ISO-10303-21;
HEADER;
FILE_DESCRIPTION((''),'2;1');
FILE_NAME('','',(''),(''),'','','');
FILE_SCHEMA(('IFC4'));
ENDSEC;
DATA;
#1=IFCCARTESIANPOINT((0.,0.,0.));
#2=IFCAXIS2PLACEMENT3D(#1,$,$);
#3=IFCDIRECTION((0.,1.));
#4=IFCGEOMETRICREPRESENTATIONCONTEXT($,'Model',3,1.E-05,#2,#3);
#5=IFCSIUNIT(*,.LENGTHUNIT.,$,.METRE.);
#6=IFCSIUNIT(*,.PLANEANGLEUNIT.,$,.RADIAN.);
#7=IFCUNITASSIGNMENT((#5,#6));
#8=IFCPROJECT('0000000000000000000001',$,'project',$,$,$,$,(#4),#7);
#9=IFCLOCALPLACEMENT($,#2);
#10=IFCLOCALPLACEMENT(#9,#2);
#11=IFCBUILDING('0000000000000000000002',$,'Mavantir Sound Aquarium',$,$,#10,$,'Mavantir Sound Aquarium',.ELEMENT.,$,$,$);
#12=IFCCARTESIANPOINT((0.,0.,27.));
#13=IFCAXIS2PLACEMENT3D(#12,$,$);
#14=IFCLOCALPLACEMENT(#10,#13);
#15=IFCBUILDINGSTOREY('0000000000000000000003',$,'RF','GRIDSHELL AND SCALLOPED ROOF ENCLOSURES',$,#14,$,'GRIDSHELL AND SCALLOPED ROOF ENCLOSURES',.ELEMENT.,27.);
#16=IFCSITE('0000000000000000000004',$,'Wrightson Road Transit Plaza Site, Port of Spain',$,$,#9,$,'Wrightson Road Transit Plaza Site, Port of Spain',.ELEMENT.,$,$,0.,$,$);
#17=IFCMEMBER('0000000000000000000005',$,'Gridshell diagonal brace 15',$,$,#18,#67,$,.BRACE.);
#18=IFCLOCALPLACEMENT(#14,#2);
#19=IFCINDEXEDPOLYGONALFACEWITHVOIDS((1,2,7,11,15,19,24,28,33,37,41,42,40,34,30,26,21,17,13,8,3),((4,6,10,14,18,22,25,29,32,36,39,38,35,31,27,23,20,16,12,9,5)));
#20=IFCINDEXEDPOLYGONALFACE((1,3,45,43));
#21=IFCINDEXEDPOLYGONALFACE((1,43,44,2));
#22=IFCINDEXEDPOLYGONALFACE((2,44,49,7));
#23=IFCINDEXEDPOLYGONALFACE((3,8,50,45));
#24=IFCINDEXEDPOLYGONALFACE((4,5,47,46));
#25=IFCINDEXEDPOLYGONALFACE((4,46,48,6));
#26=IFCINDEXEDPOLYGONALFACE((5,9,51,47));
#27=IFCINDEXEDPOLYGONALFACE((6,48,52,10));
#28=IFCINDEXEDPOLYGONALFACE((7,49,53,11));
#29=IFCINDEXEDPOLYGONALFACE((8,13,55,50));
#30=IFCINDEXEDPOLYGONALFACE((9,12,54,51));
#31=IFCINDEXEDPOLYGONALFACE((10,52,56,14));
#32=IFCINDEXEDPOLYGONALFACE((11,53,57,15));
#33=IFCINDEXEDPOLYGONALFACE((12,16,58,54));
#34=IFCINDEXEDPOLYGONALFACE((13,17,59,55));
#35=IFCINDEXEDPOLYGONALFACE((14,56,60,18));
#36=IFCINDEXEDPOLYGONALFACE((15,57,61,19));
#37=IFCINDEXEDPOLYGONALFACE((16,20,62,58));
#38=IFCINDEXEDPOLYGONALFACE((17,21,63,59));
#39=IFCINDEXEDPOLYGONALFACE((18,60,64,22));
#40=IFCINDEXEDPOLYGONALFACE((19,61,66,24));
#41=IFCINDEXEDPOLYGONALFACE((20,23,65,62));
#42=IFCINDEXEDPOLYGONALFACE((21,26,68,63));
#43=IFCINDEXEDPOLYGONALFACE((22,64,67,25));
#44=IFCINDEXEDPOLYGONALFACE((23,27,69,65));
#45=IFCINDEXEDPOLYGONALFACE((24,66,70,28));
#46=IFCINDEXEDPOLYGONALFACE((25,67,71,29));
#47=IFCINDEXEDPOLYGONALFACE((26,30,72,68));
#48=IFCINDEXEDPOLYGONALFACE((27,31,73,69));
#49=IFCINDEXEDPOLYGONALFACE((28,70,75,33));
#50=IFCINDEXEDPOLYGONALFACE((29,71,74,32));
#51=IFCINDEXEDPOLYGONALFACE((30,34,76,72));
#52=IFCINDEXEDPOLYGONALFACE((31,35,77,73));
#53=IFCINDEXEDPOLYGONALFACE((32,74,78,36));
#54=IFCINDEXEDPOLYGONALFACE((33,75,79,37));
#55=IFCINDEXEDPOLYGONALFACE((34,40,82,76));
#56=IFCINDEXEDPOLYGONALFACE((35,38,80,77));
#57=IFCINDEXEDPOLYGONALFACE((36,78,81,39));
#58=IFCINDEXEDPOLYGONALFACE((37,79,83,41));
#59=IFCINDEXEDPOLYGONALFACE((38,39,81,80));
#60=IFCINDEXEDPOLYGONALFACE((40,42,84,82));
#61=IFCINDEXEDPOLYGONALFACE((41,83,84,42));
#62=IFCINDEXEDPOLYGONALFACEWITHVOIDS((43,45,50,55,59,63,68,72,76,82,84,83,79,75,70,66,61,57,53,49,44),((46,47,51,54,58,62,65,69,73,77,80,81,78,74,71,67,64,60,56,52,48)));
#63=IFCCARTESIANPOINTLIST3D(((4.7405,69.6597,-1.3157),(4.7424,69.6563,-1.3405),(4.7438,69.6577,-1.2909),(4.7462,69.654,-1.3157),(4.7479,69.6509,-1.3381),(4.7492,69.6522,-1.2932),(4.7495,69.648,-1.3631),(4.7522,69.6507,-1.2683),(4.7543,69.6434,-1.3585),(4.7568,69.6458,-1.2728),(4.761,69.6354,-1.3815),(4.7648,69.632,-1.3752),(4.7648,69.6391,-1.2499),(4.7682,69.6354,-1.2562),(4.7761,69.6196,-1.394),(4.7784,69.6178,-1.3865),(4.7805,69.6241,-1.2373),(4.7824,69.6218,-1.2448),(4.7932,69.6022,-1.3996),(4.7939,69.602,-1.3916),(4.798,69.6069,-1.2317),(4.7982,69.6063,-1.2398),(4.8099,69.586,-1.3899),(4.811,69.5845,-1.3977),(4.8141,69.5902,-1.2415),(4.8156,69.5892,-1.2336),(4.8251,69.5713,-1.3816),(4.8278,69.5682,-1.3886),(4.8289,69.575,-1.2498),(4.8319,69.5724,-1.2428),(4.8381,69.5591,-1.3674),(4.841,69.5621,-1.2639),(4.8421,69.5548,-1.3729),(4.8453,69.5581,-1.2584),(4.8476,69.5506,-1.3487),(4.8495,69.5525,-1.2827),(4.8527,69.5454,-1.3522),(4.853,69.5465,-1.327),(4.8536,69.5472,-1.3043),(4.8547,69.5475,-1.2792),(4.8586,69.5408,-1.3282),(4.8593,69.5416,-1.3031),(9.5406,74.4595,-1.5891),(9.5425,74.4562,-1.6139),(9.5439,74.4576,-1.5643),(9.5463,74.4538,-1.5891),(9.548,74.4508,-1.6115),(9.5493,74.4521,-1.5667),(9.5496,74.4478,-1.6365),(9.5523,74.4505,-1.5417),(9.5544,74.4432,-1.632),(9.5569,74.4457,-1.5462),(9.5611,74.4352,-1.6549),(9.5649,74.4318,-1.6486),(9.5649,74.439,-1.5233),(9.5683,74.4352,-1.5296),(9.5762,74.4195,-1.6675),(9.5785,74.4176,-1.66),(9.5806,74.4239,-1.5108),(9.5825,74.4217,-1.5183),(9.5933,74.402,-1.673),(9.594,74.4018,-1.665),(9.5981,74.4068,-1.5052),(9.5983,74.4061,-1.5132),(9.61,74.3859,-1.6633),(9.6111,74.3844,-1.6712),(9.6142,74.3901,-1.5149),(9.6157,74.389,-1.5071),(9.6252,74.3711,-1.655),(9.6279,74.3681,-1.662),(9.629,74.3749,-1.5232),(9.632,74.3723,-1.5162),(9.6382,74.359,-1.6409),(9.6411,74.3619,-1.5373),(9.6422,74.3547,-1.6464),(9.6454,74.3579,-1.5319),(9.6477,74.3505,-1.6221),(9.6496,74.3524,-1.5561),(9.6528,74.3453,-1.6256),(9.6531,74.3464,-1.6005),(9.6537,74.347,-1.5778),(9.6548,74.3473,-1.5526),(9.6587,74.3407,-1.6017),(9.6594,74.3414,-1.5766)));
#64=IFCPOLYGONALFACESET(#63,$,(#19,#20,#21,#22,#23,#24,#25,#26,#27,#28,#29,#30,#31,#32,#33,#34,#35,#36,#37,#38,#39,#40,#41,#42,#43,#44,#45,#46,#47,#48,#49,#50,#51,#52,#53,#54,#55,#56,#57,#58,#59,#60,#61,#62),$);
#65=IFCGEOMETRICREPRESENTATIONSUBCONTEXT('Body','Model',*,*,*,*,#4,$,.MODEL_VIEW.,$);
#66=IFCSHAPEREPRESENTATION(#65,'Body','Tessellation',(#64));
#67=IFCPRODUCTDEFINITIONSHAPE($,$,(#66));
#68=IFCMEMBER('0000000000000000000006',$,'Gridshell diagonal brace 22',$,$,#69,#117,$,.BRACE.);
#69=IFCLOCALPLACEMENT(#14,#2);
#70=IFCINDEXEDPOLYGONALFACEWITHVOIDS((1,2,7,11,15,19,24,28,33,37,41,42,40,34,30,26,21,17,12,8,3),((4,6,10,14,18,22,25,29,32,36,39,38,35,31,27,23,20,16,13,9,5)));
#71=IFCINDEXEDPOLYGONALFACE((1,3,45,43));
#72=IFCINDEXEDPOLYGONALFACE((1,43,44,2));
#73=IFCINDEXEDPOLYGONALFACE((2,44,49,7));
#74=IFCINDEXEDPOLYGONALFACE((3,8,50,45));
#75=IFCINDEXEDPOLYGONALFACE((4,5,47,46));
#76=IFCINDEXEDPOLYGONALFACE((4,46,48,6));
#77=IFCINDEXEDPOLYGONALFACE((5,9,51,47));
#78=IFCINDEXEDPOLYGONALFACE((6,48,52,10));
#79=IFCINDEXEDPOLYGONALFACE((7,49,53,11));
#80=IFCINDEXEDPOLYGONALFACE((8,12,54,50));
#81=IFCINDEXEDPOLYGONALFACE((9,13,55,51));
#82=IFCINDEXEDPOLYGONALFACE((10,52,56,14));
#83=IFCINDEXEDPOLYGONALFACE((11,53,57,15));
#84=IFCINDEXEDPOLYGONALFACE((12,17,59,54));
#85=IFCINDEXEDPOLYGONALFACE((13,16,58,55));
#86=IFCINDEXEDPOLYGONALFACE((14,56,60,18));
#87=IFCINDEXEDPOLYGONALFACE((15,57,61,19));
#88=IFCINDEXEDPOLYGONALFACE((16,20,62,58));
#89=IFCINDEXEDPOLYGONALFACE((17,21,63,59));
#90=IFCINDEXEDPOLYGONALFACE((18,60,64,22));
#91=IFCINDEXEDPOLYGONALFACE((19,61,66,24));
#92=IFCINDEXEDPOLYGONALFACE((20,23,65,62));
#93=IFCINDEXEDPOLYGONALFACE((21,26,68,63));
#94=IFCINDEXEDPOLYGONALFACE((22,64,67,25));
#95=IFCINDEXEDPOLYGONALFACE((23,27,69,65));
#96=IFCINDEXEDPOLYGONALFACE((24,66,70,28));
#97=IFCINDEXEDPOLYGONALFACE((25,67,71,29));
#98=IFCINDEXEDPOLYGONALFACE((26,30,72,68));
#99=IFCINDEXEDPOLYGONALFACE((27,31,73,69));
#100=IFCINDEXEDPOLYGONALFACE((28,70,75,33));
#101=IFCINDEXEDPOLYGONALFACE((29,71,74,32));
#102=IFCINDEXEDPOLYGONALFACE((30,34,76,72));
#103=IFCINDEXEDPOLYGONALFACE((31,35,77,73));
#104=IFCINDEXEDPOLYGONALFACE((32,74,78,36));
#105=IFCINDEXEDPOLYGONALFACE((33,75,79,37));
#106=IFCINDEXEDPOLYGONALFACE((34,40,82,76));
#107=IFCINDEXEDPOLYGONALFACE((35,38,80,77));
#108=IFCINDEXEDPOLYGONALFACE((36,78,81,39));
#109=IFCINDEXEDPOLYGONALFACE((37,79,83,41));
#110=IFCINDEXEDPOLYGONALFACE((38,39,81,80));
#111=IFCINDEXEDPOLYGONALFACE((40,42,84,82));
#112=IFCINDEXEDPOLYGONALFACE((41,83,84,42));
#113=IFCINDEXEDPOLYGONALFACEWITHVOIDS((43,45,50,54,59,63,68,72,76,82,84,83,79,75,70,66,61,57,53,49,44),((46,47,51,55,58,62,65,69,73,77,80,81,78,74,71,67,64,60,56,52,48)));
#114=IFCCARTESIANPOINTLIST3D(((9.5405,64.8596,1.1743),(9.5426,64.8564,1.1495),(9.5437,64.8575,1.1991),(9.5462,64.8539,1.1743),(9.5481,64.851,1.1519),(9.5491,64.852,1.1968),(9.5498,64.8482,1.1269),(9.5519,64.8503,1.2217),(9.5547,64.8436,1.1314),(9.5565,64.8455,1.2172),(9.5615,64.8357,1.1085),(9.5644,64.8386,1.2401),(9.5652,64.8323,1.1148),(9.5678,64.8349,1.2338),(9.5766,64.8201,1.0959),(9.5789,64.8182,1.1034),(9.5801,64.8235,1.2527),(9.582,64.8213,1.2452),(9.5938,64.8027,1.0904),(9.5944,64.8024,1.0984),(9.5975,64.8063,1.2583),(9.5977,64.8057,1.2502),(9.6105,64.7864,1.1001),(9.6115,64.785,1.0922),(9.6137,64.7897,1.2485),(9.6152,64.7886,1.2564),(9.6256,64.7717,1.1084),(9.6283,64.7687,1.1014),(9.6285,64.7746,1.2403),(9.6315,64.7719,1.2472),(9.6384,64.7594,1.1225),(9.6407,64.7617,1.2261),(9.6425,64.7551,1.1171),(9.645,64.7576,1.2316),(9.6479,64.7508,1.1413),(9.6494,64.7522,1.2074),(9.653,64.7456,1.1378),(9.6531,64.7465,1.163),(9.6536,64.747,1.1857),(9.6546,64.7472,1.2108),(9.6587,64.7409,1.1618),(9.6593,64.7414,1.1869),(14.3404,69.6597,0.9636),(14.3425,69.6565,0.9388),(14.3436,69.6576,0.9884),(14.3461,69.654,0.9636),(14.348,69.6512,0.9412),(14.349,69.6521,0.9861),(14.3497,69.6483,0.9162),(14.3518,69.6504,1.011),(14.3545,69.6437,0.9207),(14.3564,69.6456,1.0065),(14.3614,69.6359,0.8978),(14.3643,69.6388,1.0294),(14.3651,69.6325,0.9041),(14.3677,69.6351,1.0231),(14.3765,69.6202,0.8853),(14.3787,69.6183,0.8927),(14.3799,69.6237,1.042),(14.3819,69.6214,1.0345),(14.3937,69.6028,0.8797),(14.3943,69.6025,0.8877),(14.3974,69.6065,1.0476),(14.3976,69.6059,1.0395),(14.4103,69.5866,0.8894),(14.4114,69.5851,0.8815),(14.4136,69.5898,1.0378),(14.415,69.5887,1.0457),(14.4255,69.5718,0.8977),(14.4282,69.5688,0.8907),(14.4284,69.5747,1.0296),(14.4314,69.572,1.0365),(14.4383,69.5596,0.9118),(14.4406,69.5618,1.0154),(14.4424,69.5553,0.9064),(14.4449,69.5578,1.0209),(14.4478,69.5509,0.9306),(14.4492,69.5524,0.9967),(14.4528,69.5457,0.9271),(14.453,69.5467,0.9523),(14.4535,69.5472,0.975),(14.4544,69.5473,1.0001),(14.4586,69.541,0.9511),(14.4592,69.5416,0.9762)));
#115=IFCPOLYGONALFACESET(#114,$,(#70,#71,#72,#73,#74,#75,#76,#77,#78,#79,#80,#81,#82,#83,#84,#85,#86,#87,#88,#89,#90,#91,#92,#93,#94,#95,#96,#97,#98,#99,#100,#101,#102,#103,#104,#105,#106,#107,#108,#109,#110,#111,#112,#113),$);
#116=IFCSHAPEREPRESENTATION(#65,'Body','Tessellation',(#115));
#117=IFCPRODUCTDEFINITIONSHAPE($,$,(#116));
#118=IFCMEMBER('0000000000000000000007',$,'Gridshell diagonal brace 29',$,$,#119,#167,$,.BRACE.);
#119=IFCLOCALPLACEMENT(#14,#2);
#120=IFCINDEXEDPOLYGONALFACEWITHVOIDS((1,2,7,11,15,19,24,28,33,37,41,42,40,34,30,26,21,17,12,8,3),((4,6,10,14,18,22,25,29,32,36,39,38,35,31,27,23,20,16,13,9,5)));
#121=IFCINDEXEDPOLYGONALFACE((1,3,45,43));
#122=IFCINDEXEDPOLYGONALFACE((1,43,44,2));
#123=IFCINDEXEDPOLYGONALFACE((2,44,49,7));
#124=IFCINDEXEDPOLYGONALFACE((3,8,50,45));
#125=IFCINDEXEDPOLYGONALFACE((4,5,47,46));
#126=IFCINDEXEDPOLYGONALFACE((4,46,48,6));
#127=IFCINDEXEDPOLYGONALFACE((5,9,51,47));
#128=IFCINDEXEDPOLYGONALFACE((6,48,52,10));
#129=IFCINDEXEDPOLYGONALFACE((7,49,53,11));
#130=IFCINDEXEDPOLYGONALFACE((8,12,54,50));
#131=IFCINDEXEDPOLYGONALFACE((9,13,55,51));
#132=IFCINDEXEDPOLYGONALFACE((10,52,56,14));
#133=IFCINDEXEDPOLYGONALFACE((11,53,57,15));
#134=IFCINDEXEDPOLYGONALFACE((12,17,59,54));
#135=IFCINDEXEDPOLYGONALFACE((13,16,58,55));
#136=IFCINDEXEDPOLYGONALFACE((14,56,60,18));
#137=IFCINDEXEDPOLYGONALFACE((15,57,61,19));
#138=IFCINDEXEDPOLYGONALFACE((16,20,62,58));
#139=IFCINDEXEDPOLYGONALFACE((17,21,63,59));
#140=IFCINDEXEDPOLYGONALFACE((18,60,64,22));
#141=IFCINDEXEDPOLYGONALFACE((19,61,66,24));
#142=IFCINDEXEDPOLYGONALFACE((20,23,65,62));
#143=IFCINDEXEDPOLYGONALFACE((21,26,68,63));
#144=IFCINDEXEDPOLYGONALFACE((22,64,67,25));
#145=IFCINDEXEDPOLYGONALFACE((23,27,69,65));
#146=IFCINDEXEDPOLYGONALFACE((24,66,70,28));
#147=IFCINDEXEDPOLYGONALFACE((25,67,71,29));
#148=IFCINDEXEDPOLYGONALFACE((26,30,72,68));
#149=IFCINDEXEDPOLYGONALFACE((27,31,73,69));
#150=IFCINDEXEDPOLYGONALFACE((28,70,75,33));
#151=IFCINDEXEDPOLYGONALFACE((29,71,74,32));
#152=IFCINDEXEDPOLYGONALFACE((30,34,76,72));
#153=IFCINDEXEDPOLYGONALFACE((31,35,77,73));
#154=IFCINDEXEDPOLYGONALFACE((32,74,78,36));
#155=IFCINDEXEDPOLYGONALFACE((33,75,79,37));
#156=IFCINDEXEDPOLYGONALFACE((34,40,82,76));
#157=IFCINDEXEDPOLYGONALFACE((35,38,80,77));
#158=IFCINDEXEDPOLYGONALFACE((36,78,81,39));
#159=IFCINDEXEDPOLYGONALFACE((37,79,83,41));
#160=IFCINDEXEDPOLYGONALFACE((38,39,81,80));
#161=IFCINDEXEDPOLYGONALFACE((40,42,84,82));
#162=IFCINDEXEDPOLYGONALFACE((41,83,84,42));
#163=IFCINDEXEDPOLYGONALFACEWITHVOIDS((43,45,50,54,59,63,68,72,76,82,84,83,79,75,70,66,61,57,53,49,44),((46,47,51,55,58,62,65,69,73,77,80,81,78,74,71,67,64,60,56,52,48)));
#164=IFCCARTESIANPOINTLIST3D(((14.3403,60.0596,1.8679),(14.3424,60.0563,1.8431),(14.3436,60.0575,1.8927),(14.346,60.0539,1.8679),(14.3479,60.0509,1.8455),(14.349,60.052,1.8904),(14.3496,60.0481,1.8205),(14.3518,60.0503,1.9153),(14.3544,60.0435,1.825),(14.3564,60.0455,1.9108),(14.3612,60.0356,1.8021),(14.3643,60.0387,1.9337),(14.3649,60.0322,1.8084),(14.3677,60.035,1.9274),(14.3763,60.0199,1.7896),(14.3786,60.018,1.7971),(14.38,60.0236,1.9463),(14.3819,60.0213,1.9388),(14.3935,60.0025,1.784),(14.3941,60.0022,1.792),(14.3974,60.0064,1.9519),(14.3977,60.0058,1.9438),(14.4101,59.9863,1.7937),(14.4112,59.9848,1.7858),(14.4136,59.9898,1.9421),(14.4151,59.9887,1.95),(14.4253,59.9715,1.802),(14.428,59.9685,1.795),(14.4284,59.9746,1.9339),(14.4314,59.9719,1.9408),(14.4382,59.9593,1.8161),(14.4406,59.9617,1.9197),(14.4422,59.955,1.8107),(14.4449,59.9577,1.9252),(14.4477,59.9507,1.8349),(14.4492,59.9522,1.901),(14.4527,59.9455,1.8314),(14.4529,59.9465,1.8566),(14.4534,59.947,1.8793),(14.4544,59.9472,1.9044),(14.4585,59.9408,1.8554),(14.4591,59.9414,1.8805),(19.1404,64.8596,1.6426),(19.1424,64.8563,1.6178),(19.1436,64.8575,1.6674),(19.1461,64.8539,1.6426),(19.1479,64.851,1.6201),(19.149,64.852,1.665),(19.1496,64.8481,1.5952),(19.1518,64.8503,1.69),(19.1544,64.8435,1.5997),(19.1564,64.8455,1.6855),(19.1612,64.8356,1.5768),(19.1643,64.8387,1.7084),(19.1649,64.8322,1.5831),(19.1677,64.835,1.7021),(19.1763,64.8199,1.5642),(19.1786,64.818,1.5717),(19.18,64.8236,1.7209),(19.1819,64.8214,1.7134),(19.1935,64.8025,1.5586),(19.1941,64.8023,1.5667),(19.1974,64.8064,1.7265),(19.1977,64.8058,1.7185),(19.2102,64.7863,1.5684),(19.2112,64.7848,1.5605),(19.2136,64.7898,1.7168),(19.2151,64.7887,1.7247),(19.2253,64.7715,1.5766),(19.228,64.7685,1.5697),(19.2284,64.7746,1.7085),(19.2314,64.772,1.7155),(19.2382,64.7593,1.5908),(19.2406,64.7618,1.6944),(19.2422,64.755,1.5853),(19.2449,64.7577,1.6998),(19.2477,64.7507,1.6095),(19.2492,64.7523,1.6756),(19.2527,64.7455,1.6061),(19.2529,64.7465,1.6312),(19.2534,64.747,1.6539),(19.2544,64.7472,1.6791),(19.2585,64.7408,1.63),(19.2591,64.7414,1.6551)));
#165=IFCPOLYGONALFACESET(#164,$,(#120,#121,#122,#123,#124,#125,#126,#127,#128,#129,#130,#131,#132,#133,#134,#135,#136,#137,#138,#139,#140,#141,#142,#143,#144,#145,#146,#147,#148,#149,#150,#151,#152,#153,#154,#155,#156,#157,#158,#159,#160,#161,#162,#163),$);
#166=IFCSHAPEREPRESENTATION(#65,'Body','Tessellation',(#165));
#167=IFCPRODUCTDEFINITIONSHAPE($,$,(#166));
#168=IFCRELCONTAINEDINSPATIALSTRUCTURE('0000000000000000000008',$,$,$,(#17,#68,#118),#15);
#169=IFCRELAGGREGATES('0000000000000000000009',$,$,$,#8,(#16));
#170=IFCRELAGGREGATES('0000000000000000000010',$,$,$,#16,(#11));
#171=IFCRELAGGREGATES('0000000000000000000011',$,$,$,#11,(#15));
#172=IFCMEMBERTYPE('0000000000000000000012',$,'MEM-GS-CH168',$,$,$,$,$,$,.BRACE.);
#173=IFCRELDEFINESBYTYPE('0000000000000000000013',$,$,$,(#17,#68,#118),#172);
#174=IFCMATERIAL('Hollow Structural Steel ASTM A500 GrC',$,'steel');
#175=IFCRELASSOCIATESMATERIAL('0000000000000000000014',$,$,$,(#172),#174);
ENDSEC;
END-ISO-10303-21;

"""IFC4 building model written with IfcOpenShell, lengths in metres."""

from ifc_helpers import new_model, si_unit, direction, frame, origin, origin_2d, place, context, subcontext, project, spatial, hollow_circle, extrude, material, material_profile, profile_set, type_object, element, save


model = new_model("IFC4")

# Units and contexts
model_context = context("Model", 3, precision=1e-05, world=origin(), true_north=direction((0.0, 1.0)))
body_context = subcontext(model_context, "Body", "Model", "MODEL_VIEW")
ifc_project = project(units=[si_unit("LENGTHUNIT", "METRE"), si_unit("PLANEANGLEUNIT", "RADIAN")], contexts=[model_context])

# Site, building, storey
site_placement = place(None, origin())
site = spatial("IfcSite", under=ifc_project, at=site_placement, Name="Wrightson Road Transit Plaza Site, Port of Spain", LongName="Wrightson Road Transit Plaza Site, Port of Spain", CompositionType="ELEMENT", RefElevation=0.0)
building_placement = place(site_placement, origin())
building = spatial("IfcBuilding", under=site, at=building_placement, Name="Mavantir Sound Aquarium", LongName="Mavantir Sound Aquarium", CompositionType="ELEMENT")
storey_placement = place(building_placement, frame((0.0, 0.0, 27.0)))
storey = spatial("IfcBuildingStorey", under=building, at=storey_placement, Name="RF", Description="GRIDSHELL AND SCALLOPED ROOF ENCLOSURES", LongName="GRIDSHELL AND SCALLOPED ROOF ENCLOSURES", CompositionType="ELEMENT", Elevation=27.0)

# Members
ifc_material_1 = material(Name="Hollow Structural Steel ASTM A500 GrC", Category="steel")
ifc_material_profile_1 = material_profile(ifc_material_1, hollow_circle(Radius=0.0842, WallThickness=0.0081, at=origin_2d()), Name="CHS 168.3X8")
ifc_profile_set_1 = profile_set([ifc_material_profile_1], Name="Hollow Structural Steel ASTM A500 GrC")
member_type_1 = type_object("IfcMemberType", Name="MEM-GS-CH168", PredefinedType="BRACE", material=ifc_profile_set_1)
member_1_placement = place(storey_placement, frame((4.8, 69.6001, -1.3157), z_axis=(0.706552, 0.706516, -0.040249), x_axis=(-0.707089, 0.707125, 0.0)))
element("IfcMember", 1, at=member_1_placement, inside=storey, type_object=member_type_1, Name="Gridshell diagonal brace 15", PredefinedType="BRACE", context=body_context, shape_type="SweptSolid", body=[
    extrude(hollow_circle(Radius=0.0842, WallThickness=0.0081, at=origin_2d()), origin(), (0.0, 0.0, 1.0), 6.7937),
])
member_2_placement = place(storey_placement, frame((9.6001, 64.8, 1.1743), z_axis=(0.706748, 0.706784, -0.031024), x_axis=(-0.707125, 0.707089, 0.0)))
element("IfcMember", 2, at=member_2_placement, inside=storey, type_object=member_type_1, Name="Gridshell diagonal brace 22", PredefinedType="BRACE", context=body_context, shape_type="SweptSolid", body=[
    extrude(hollow_circle(Radius=0.0842, WallThickness=0.0081, at=origin_2d()), origin(), (0.0, 0.0, 1.0), 6.7915),
])
member_3_placement = place(storey_placement, frame((14.3999, 60.0, 1.8679), z_axis=(0.706718, 0.706718, -0.033177), x_axis=(-0.707107, 0.707107, 0.0)))
element("IfcMember", 3, at=member_3_placement, inside=storey, type_object=member_type_1, Name="Gridshell diagonal brace 29", PredefinedType="BRACE", context=body_context, shape_type="SweptSolid", body=[
    extrude(hollow_circle(Radius=0.0842, WallThickness=0.0081, at=origin_2d()), origin(), (0.0, 0.0, 1.0), 6.792),
])

save(model, "model.ifc")
